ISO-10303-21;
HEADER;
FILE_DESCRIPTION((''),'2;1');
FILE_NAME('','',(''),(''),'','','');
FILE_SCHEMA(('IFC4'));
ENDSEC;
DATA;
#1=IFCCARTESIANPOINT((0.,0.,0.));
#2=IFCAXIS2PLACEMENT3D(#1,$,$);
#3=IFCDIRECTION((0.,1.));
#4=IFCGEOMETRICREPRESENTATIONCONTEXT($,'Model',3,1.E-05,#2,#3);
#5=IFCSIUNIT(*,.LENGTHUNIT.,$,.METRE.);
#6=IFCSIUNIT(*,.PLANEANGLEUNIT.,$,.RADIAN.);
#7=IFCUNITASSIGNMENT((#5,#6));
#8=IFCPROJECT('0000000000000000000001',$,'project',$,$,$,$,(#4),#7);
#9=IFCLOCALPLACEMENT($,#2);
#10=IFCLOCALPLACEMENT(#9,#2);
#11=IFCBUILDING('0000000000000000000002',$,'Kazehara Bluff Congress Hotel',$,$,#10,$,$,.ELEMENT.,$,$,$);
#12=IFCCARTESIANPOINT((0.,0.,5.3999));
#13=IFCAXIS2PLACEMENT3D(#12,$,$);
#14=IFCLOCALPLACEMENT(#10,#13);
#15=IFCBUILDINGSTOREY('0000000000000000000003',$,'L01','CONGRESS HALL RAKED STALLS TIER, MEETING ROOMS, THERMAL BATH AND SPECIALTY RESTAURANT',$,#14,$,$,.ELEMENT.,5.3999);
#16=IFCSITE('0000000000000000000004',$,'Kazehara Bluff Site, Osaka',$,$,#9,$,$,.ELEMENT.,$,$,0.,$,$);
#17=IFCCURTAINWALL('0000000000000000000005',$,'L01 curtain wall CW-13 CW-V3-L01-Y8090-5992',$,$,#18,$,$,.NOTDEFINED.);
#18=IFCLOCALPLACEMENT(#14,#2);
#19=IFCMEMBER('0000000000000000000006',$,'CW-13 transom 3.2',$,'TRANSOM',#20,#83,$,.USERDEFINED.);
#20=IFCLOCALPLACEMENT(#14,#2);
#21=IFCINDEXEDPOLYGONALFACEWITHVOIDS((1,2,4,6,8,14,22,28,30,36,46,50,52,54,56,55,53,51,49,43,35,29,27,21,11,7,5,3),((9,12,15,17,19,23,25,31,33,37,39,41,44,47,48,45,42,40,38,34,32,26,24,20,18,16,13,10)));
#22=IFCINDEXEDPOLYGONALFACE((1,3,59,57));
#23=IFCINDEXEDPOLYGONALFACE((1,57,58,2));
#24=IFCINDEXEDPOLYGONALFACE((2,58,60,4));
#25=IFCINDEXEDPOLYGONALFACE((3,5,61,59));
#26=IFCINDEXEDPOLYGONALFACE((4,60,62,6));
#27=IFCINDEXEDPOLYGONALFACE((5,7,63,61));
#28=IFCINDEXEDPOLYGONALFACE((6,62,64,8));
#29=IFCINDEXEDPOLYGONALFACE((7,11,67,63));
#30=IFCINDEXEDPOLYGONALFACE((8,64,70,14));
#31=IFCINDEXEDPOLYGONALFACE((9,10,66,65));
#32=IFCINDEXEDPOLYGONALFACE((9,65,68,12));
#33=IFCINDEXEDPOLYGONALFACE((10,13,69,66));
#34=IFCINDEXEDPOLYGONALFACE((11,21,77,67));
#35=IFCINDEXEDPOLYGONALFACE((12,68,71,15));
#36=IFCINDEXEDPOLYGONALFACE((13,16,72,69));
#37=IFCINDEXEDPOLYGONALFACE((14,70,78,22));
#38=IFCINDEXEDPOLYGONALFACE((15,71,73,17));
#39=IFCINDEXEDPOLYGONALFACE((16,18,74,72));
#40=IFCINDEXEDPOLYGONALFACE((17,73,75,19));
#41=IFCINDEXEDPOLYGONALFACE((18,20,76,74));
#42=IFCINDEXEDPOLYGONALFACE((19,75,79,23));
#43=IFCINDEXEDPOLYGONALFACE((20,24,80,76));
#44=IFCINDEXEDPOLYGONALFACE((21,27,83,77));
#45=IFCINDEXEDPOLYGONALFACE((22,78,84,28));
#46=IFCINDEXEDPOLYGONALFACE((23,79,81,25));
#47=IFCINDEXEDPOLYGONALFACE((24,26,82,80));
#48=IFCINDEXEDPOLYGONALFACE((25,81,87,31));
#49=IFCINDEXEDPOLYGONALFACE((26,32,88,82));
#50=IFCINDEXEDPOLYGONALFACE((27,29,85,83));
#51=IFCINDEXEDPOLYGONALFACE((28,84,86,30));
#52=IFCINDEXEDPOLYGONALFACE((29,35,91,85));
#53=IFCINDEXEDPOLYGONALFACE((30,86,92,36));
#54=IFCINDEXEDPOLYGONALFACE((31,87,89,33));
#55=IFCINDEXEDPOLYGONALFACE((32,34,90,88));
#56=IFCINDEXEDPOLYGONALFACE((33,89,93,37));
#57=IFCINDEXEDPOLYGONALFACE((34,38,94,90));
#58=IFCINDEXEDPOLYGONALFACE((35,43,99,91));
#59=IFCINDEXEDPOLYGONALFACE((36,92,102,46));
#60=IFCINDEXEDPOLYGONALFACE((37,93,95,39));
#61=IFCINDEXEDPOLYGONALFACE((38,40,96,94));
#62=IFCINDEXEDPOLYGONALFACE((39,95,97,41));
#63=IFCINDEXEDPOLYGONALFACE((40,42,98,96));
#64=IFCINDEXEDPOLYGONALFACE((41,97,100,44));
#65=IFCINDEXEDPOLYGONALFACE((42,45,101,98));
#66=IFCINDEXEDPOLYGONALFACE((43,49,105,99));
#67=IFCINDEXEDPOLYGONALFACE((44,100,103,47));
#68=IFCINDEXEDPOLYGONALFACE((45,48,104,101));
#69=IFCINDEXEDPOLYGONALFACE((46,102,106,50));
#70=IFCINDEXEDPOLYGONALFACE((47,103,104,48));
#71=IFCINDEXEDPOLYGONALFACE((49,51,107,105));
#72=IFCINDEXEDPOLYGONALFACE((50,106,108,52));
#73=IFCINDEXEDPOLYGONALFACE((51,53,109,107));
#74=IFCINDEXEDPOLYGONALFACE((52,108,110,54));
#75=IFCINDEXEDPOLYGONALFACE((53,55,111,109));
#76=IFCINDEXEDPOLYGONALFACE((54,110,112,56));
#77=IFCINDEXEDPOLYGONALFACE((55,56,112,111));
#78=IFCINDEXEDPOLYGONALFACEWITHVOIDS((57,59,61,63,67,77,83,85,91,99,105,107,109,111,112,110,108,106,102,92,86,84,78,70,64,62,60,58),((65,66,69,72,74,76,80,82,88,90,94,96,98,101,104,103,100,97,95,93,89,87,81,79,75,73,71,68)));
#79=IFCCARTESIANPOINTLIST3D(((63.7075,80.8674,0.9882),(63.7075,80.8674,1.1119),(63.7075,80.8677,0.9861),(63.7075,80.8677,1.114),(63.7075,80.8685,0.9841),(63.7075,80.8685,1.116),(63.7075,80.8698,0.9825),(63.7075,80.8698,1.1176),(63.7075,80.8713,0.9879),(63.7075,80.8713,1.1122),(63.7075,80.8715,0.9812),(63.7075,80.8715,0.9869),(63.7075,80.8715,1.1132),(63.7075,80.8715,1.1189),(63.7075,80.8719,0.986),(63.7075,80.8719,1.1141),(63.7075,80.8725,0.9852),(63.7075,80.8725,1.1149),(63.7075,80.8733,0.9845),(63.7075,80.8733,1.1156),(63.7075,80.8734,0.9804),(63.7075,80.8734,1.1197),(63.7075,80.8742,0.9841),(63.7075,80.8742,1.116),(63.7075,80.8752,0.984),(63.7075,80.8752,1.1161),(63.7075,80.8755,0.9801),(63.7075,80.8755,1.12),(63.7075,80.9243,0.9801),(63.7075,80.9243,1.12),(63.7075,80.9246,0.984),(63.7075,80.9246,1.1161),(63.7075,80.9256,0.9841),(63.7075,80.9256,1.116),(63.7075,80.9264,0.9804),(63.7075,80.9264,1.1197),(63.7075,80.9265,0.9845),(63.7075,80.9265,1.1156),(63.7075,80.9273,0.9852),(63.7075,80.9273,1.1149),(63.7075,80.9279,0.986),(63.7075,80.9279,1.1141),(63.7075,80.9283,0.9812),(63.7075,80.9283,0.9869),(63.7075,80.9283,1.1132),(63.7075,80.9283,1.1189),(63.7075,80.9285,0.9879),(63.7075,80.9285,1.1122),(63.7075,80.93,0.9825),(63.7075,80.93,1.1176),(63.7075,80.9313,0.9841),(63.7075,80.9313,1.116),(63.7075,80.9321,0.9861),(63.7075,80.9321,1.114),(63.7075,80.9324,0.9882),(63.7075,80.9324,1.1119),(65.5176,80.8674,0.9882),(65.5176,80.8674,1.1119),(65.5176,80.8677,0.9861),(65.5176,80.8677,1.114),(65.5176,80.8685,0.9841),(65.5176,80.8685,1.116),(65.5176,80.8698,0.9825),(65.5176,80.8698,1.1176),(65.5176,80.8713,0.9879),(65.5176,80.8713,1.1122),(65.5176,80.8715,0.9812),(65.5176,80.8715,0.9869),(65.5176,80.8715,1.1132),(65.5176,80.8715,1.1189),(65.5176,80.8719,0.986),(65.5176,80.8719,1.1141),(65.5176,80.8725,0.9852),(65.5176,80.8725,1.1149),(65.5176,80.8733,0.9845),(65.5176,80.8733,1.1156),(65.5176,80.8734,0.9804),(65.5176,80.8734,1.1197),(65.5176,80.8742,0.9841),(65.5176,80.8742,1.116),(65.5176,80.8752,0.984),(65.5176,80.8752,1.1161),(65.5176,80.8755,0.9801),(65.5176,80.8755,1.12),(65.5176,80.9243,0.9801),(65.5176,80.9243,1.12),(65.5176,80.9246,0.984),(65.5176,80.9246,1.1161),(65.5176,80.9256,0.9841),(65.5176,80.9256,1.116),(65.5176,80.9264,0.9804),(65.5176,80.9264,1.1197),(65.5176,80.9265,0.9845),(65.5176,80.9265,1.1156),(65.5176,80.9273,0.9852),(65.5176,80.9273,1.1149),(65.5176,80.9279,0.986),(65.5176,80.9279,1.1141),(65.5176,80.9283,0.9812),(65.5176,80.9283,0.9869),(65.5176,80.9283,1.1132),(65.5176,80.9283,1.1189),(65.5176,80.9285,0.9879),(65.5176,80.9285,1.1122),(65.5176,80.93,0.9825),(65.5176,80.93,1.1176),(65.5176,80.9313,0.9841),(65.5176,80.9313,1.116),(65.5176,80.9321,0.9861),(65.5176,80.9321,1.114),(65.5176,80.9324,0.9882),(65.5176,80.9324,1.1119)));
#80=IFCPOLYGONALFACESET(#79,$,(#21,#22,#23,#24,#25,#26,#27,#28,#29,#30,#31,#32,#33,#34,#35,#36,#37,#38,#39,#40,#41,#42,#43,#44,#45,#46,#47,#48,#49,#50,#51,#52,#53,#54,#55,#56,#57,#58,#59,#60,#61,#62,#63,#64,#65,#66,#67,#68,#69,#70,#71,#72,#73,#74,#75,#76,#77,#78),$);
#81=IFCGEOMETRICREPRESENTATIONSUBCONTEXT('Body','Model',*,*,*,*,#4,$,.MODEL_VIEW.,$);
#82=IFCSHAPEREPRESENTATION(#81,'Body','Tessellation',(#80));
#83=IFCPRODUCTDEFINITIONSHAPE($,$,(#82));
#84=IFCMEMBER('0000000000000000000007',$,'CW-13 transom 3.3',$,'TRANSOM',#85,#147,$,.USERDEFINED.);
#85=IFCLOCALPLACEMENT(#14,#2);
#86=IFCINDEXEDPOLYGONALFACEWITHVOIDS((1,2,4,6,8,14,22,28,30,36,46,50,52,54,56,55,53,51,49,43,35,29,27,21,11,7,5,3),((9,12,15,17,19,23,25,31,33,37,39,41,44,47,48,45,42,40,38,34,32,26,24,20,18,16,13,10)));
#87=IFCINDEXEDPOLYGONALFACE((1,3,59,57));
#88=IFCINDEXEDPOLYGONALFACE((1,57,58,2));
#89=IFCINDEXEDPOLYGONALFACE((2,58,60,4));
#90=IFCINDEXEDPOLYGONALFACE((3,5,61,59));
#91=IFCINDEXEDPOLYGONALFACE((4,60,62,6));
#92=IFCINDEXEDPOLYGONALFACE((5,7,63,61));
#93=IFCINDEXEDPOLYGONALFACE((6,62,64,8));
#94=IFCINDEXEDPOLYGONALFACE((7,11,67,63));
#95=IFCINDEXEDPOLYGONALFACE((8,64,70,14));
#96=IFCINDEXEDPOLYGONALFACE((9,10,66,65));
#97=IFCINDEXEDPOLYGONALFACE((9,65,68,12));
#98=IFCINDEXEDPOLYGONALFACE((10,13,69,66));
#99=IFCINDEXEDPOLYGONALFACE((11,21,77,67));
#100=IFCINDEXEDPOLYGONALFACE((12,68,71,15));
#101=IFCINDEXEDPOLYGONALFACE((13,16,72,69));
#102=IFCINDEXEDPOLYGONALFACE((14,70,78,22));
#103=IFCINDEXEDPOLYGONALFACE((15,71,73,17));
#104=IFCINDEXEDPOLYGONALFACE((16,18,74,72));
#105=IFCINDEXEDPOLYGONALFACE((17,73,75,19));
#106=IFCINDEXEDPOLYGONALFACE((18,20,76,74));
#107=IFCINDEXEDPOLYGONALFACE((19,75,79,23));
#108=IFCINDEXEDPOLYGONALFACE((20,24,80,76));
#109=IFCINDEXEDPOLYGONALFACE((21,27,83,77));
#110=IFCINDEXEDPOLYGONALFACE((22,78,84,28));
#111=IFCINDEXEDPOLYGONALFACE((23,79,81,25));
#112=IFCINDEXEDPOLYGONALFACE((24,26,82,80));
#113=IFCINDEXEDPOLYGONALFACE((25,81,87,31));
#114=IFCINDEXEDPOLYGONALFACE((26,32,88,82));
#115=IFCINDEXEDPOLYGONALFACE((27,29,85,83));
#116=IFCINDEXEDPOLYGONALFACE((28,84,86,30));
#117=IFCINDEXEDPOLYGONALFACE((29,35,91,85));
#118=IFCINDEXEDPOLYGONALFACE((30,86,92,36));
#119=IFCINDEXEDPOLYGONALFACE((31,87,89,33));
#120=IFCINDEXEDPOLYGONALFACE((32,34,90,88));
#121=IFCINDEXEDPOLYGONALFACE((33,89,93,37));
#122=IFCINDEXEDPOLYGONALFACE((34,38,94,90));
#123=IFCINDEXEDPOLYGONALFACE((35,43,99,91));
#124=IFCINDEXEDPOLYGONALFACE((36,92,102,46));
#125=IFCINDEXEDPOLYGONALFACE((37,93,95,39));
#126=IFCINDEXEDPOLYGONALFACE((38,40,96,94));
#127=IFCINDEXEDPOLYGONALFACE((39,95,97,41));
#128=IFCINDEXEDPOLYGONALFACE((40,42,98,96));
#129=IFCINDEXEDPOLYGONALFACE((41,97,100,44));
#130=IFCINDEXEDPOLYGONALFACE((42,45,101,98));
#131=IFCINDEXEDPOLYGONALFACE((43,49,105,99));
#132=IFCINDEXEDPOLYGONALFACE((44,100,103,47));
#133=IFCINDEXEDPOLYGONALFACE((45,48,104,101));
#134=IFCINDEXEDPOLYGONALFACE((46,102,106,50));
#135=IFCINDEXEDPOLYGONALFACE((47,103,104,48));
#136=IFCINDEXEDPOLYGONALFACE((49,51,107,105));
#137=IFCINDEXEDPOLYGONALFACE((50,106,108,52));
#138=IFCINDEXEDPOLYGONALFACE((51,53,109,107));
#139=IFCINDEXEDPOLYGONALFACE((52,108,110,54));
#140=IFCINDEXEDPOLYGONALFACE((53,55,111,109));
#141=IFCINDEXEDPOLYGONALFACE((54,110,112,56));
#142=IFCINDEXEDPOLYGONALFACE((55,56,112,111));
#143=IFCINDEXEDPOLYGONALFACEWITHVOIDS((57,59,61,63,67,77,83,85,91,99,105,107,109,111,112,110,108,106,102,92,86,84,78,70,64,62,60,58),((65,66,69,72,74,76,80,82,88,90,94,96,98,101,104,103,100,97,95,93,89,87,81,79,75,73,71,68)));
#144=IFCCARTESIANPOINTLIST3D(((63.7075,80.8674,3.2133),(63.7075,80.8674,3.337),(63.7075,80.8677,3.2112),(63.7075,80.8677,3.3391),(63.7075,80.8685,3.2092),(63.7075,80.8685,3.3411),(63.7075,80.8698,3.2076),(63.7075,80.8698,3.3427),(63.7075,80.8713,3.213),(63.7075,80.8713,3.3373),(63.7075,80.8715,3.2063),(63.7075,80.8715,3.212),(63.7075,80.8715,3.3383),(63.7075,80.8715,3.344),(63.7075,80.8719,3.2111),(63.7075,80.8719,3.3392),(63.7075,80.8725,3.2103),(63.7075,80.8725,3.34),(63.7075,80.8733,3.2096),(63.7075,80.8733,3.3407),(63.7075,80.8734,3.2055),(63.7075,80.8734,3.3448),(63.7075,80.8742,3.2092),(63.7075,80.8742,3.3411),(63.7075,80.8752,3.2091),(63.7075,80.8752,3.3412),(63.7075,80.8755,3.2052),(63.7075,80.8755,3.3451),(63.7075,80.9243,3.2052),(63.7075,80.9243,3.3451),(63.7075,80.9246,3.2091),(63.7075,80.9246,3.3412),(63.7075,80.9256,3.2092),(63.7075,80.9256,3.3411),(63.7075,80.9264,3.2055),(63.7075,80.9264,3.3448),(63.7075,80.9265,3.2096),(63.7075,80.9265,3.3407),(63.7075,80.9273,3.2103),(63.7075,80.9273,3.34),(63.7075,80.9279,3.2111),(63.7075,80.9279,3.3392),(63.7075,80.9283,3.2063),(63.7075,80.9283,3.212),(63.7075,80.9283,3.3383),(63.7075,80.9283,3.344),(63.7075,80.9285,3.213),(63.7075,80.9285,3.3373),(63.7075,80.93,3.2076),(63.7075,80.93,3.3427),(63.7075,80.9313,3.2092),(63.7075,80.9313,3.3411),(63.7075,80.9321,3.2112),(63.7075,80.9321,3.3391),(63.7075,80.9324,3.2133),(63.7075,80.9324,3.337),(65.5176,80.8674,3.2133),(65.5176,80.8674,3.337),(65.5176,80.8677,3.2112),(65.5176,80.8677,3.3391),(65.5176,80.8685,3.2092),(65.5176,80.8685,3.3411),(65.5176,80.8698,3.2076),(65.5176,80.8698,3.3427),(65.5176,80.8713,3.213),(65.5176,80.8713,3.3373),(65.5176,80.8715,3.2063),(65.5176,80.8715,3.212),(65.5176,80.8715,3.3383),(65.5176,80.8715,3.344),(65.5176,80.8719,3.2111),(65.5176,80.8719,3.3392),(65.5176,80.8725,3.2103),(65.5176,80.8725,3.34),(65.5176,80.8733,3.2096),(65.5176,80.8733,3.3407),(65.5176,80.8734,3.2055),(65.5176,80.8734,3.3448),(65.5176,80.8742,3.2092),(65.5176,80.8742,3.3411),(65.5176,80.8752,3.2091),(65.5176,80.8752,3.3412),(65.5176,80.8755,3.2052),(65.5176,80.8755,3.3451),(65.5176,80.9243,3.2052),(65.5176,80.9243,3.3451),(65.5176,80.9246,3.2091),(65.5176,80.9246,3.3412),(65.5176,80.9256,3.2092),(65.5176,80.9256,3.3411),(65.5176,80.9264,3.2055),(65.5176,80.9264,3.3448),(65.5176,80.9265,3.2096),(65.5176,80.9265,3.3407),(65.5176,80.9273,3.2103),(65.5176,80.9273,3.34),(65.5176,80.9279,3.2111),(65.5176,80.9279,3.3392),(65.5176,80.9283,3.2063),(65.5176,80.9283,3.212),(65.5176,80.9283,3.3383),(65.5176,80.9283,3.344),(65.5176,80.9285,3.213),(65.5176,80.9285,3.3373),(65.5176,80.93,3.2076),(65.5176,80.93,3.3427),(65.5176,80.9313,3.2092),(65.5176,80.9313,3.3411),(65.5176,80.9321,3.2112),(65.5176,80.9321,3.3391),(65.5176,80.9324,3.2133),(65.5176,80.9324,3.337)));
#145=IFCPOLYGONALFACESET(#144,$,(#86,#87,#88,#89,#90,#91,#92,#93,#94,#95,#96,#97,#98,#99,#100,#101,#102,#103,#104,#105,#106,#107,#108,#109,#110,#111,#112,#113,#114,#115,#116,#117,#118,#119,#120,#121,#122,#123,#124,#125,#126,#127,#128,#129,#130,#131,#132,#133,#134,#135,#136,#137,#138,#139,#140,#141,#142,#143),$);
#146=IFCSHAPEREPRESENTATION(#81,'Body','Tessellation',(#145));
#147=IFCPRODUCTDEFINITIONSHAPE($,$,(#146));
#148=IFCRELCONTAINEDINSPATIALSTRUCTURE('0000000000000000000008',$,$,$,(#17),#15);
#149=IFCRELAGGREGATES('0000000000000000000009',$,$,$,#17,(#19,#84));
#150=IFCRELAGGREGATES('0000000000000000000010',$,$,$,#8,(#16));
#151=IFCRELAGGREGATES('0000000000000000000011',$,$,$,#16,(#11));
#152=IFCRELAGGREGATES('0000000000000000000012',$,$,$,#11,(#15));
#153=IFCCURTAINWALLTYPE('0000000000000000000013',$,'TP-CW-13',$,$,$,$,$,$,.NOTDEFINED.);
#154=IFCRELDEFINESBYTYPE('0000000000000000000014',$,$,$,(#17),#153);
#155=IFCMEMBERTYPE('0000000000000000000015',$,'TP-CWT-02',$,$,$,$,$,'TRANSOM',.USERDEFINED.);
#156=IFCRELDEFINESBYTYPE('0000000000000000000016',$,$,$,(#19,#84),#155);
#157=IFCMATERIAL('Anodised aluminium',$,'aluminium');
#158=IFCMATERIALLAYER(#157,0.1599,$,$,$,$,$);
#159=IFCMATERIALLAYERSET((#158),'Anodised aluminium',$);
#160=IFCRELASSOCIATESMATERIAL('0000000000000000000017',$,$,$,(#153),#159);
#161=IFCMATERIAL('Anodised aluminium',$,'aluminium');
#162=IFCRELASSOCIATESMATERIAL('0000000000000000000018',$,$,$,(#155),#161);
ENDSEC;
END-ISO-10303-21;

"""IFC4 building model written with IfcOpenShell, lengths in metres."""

from ifc_helpers import new_model, si_unit, direction, frame, origin, origin_2d, place, context, subcontext, project, spatial, hollow_rectangle, extrude, material, layer, layer_set, material_profile, profile_set, type_object, element, aggregate, save


model = new_model("IFC4")

# Units and contexts
model_context = context("Model", 3, precision=1e-05, world=origin(), true_north=direction((0.0, 1.0)))
body_context = subcontext(model_context, "Body", "Model", "MODEL_VIEW")
ifc_project = project(units=[si_unit("LENGTHUNIT", "METRE"), si_unit("PLANEANGLEUNIT", "RADIAN")], contexts=[model_context])

# Site, building, storey
site_placement = place(None, origin())
site = spatial("IfcSite", under=ifc_project, at=site_placement, Name="Kazehara Bluff Site, Osaka", CompositionType="ELEMENT", RefElevation=0.0)
building_placement = place(site_placement, origin())
building = spatial("IfcBuilding", under=site, at=building_placement, Name="Kazehara Bluff Congress Hotel", CompositionType="ELEMENT")
storey_placement = place(building_placement, frame((0.0, 0.0, 5.3999)))
storey = spatial("IfcBuildingStorey", under=building, at=storey_placement, Name="L01", Description="CONGRESS HALL RAKED STALLS TIER, MEETING ROOMS, THERMAL BATH AND SPECIALTY RESTAURANT", CompositionType="ELEMENT", Elevation=5.3999)

# Curtain wall
ifc_material_1 = material(Name="Anodised aluminium", Category="aluminium")
ifc_layer_1 = layer(ifc_material_1, 0.1599)
ifc_layer_set_1 = layer_set([ifc_layer_1], Name="Anodised aluminium")
curtain_wall_type_1 = type_object("IfcCurtainWallType", Name="TP-CW-13", PredefinedType="NOTDEFINED", material=ifc_layer_set_1)
curtain_wall_1_placement = place(storey_placement, origin())
curtain_wall_1 = element("IfcCurtainWall", 1, at=curtain_wall_1_placement, inside=storey, type_object=curtain_wall_type_1, Name="L01 curtain wall CW-13 CW-V3-L01-Y8090-5992", PredefinedType="NOTDEFINED")
ifc_material_2 = material(Name="Anodised aluminium", Category="aluminium")
ifc_material_profile_1 = material_profile(ifc_material_2, hollow_rectangle(XDim=0.0649, YDim=0.1399, WallThickness=0.0039, InnerFilletRadius=0.0039, OuterFilletRadius=0.0081, at=origin_2d()))
ifc_profile_set_1 = profile_set([ifc_material_profile_1], Name="Anodised aluminium")
member_type_1 = type_object("IfcMemberType", Name="TP-CWT-02", ElementType="TRANSOM", PredefinedType="USERDEFINED", material=ifc_profile_set_1)

# Members
member_1_placement = place(storey_placement, frame((63.7075, 80.8999, 1.05), z_axis=(1.0, 0.0, 0.0), x_axis=(0.0, 1.0, 0.0)))
member_1 = element("IfcMember", 2, at=member_1_placement, type_object=member_type_1, Name="CW-13 transom 3.2", ObjectType="TRANSOM", PredefinedType="USERDEFINED", context=body_context, shape_type="SweptSolid", body=[
    extrude(hollow_rectangle(XDim=0.0649, YDim=0.1399, WallThickness=0.0039, InnerFilletRadius=0.0039, OuterFilletRadius=0.0081, at=origin_2d()), origin(), (0.0, 0.0, 1.0), 1.8101),
])
member_2_placement = place(storey_placement, frame((63.7075, 80.8999, 3.2751), z_axis=(1.0, 0.0, 0.0), x_axis=(0.0, 1.0, 0.0)))
member_2 = element("IfcMember", 3, at=member_2_placement, type_object=member_type_1, Name="CW-13 transom 3.3", ObjectType="TRANSOM", PredefinedType="USERDEFINED", context=body_context, shape_type="SweptSolid", body=[
    extrude(hollow_rectangle(XDim=0.0649, YDim=0.1399, WallThickness=0.0039, InnerFilletRadius=0.0039, OuterFilletRadius=0.0081, at=origin_2d()), origin(), (0.0, 0.0, 1.0), 1.8101),
])

aggregate(curtain_wall_1, [member_1, member_2])

save(model, "model.ifc")
